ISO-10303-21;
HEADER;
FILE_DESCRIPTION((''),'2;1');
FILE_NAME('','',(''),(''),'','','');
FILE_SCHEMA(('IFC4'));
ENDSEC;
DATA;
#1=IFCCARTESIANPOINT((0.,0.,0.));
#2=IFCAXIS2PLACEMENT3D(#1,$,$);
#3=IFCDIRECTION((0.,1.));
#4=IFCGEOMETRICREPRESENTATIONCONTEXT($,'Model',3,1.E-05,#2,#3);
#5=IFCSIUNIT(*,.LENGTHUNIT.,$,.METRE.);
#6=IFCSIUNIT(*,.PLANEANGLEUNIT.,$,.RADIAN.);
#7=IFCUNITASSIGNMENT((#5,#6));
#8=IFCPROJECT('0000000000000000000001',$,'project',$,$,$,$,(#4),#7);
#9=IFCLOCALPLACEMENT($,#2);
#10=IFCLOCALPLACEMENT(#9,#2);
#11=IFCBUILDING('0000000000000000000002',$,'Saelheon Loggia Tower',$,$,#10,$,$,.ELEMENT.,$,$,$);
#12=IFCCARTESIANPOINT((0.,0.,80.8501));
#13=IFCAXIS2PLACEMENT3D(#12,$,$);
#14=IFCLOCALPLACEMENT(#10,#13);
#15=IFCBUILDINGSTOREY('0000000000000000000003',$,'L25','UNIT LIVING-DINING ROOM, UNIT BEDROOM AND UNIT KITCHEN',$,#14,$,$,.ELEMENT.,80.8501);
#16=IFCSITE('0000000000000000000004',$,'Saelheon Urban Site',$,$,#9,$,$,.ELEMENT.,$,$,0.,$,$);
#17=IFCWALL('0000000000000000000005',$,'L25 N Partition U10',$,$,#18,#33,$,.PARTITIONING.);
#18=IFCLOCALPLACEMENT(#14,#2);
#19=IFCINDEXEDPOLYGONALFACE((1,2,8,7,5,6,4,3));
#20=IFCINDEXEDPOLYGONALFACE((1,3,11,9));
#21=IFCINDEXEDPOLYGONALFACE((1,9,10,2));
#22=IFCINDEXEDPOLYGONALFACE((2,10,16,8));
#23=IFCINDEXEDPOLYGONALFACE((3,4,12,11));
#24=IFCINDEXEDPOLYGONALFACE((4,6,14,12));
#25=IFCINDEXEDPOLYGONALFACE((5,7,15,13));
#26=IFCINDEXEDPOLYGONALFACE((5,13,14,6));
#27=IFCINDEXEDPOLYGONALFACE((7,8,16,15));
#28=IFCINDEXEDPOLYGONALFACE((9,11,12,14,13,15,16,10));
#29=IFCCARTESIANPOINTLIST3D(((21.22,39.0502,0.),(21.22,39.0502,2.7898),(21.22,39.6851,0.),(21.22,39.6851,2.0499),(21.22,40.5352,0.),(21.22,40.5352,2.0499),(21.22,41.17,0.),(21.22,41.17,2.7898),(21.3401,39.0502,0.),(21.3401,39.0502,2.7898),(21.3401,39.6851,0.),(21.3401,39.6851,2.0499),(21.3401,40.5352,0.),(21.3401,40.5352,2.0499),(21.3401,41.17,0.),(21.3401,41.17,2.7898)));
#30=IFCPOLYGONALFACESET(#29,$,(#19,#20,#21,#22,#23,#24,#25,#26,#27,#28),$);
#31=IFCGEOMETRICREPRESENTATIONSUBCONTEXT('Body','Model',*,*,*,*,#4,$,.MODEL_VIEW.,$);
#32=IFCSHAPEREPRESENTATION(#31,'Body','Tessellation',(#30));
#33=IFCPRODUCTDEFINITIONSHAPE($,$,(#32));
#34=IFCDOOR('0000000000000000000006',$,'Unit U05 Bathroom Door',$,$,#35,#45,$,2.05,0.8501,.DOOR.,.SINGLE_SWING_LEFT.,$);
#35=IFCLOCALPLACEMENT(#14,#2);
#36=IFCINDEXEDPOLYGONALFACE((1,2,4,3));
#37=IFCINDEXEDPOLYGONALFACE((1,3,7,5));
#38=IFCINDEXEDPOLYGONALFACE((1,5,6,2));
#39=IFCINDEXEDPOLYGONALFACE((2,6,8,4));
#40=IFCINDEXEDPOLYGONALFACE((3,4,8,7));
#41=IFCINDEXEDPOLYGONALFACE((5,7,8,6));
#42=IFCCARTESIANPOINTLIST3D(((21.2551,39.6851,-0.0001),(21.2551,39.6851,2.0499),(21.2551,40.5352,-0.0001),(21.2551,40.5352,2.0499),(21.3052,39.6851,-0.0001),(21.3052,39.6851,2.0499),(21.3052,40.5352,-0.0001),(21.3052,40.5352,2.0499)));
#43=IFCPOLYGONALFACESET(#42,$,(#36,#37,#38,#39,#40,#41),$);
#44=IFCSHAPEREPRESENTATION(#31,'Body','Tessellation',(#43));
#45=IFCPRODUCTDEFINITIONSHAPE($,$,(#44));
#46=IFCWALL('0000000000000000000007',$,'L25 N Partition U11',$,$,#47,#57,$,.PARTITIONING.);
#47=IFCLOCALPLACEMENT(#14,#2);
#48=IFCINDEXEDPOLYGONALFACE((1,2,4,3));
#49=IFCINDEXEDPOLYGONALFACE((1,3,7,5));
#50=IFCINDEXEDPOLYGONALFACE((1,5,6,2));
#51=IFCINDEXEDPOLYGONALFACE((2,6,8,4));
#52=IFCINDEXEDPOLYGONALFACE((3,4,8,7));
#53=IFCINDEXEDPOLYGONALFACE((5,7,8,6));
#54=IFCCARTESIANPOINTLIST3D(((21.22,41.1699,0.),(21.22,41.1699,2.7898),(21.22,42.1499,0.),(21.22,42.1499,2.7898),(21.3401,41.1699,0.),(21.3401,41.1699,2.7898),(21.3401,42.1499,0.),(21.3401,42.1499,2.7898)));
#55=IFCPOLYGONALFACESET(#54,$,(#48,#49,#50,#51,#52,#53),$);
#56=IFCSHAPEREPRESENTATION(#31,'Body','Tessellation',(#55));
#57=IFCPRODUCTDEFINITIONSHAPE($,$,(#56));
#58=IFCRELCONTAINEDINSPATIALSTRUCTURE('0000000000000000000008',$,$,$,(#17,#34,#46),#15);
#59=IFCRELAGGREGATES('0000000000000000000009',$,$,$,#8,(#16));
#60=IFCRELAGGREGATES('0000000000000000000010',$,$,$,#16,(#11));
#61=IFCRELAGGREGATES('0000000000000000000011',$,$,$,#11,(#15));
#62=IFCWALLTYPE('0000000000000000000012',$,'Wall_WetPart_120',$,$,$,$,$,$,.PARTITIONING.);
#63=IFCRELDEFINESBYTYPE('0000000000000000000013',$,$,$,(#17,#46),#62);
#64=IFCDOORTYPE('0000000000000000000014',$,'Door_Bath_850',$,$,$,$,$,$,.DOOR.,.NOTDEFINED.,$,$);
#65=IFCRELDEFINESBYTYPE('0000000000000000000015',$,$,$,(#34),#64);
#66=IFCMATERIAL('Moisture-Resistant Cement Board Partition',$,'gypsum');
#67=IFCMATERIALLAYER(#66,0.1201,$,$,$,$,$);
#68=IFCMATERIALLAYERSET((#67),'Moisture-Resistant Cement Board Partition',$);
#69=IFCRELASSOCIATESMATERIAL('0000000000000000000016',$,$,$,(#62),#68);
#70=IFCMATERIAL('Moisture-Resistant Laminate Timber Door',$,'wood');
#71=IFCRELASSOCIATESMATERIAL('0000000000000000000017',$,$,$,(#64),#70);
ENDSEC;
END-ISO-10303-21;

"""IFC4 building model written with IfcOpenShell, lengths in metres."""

from ifc_helpers import new_model, si_unit, direction, frame, frame_2d, origin, place, context, subcontext, project, spatial, rectangle, extrude, source, transform, mapped, material, layer, layer_set, type_object, element, fill, save


model = new_model("IFC4")

# Units and contexts
model_context = context("Model", 3, precision=1e-05, world=origin(), true_north=direction((0.0, 1.0)))
body_context = subcontext(model_context, "Body", "Model", "MODEL_VIEW")
ifc_project = project(units=[si_unit("LENGTHUNIT", "METRE"), si_unit("PLANEANGLEUNIT", "RADIAN")], contexts=[model_context])

# Site, building, storey
site_placement = place(None, origin())
site = spatial("IfcSite", under=ifc_project, at=site_placement, Name="Saelheon Urban Site", CompositionType="ELEMENT", RefElevation=0.0)
building_placement = place(site_placement, origin())
building = spatial("IfcBuilding", under=site, at=building_placement, Name="Saelheon Loggia Tower", CompositionType="ELEMENT")
storey_placement = place(building_placement, frame((0.0, 0.0, 80.8501)))
storey = spatial("IfcBuildingStorey", under=building, at=storey_placement, Name="L25", Description="UNIT LIVING-DINING ROOM, UNIT BEDROOM AND UNIT KITCHEN", CompositionType="ELEMENT", Elevation=80.8501)

# Shared definitions
ifc_material_1 = material(Name="Moisture-Resistant Cement Board Partition", Category="gypsum")
ifc_layer_1 = layer(ifc_material_1, 0.1201)
ifc_layer_set_1 = layer_set([ifc_layer_1], Name="Moisture-Resistant Cement Board Partition")
wall_type_1 = type_object("IfcWallType", Name="Wall_WetPart_120", PredefinedType="PARTITIONING", material=ifc_layer_set_1)

# Wall, opening, door
wall_1_placement = place(storey_placement, frame((21.28, 39.05, 0.0), z_axis=(0.0, 0.0, 1.0), x_axis=(0.0, 1.0, 0.0)))
wall_1 = element("IfcWall", 1, at=wall_1_placement, inside=storey, type_object=wall_type_1, Name="L25 N Partition U10", PredefinedType="PARTITIONING", context=body_context, shape_type="SweptSolid", body=[
    extrude(rectangle(XDim=2.1199, YDim=0.1201, at=frame_2d((1.0601, 0.0))), origin(), (0.0, 0.0, 1.0), 2.7898),
])
opening_1_placement = place(wall_1_placement, frame((0.635, 0.0, 0.0)))
opening_1 = element("IfcOpeningElement", 2, at=opening_1_placement, cuts=wall_1, PredefinedType="OPENING", context=body_context, shape_type="SweptSolid", body=[
    extrude(rectangle(XDim=0.8501, YDim=2.05, at=frame_2d((0.425, 1.0249))), frame((0.0, 0.072, 0.0), z_axis=(0.0, -1.0, 0.0), x_axis=(1.0, 0.0, 0.0)), (0.0, 0.0, 1.0), 0.144),
])
ifc_material_2 = material(Name="Moisture-Resistant Laminate Timber Door", Category="wood")
door_type_1 = type_object("IfcDoorType", Name="Door_Bath_850", OperationType="NOTDEFINED", PredefinedType="DOOR", material=ifc_material_2)
shared_shape_1 = source(origin(), body_context, "Body", "SweptSolid", [
    extrude(rectangle(XDim=0.8501, YDim=2.05, at=frame_2d((0.425, 1.0249))), frame((0.0, 0.0249, 0.0), z_axis=(0.0, -1.0, 0.0), x_axis=(1.0, 0.0, 0.0)), (0.0, 0.0, 1.0), 0.05),
])
door_1_placement = place(opening_1_placement, origin())
door_1 = element("IfcDoor", 3, at=door_1_placement, inside=storey, type_object=door_type_1, Name="Unit U05 Bathroom Door", OperationType="SINGLE_SWING_LEFT", OverallHeight=2.05, OverallWidth=0.8501, PredefinedType="DOOR", context=body_context, shape_type="MappedRepresentation", body=[
    mapped(shared_shape_1, transform((0.0, 0.0, 0.0), scale=1.0)),
])
fill(opening_1, door_1)

# Wall
wall_2_placement = place(storey_placement, frame((21.28, 41.1699, 0.0), z_axis=(0.0, 0.0, 1.0), x_axis=(0.0, 1.0, 0.0)))
element("IfcWall", 4, at=wall_2_placement, inside=storey, type_object=wall_type_1, Name="L25 N Partition U11", PredefinedType="PARTITIONING", context=body_context, shape_type="SweptSolid", body=[
    extrude(rectangle(XDim=0.98, YDim=0.1201, at=frame_2d((0.49, 0.0))), origin(), (0.0, 0.0, 1.0), 2.7898),
])

save(model, "model.ifc")
